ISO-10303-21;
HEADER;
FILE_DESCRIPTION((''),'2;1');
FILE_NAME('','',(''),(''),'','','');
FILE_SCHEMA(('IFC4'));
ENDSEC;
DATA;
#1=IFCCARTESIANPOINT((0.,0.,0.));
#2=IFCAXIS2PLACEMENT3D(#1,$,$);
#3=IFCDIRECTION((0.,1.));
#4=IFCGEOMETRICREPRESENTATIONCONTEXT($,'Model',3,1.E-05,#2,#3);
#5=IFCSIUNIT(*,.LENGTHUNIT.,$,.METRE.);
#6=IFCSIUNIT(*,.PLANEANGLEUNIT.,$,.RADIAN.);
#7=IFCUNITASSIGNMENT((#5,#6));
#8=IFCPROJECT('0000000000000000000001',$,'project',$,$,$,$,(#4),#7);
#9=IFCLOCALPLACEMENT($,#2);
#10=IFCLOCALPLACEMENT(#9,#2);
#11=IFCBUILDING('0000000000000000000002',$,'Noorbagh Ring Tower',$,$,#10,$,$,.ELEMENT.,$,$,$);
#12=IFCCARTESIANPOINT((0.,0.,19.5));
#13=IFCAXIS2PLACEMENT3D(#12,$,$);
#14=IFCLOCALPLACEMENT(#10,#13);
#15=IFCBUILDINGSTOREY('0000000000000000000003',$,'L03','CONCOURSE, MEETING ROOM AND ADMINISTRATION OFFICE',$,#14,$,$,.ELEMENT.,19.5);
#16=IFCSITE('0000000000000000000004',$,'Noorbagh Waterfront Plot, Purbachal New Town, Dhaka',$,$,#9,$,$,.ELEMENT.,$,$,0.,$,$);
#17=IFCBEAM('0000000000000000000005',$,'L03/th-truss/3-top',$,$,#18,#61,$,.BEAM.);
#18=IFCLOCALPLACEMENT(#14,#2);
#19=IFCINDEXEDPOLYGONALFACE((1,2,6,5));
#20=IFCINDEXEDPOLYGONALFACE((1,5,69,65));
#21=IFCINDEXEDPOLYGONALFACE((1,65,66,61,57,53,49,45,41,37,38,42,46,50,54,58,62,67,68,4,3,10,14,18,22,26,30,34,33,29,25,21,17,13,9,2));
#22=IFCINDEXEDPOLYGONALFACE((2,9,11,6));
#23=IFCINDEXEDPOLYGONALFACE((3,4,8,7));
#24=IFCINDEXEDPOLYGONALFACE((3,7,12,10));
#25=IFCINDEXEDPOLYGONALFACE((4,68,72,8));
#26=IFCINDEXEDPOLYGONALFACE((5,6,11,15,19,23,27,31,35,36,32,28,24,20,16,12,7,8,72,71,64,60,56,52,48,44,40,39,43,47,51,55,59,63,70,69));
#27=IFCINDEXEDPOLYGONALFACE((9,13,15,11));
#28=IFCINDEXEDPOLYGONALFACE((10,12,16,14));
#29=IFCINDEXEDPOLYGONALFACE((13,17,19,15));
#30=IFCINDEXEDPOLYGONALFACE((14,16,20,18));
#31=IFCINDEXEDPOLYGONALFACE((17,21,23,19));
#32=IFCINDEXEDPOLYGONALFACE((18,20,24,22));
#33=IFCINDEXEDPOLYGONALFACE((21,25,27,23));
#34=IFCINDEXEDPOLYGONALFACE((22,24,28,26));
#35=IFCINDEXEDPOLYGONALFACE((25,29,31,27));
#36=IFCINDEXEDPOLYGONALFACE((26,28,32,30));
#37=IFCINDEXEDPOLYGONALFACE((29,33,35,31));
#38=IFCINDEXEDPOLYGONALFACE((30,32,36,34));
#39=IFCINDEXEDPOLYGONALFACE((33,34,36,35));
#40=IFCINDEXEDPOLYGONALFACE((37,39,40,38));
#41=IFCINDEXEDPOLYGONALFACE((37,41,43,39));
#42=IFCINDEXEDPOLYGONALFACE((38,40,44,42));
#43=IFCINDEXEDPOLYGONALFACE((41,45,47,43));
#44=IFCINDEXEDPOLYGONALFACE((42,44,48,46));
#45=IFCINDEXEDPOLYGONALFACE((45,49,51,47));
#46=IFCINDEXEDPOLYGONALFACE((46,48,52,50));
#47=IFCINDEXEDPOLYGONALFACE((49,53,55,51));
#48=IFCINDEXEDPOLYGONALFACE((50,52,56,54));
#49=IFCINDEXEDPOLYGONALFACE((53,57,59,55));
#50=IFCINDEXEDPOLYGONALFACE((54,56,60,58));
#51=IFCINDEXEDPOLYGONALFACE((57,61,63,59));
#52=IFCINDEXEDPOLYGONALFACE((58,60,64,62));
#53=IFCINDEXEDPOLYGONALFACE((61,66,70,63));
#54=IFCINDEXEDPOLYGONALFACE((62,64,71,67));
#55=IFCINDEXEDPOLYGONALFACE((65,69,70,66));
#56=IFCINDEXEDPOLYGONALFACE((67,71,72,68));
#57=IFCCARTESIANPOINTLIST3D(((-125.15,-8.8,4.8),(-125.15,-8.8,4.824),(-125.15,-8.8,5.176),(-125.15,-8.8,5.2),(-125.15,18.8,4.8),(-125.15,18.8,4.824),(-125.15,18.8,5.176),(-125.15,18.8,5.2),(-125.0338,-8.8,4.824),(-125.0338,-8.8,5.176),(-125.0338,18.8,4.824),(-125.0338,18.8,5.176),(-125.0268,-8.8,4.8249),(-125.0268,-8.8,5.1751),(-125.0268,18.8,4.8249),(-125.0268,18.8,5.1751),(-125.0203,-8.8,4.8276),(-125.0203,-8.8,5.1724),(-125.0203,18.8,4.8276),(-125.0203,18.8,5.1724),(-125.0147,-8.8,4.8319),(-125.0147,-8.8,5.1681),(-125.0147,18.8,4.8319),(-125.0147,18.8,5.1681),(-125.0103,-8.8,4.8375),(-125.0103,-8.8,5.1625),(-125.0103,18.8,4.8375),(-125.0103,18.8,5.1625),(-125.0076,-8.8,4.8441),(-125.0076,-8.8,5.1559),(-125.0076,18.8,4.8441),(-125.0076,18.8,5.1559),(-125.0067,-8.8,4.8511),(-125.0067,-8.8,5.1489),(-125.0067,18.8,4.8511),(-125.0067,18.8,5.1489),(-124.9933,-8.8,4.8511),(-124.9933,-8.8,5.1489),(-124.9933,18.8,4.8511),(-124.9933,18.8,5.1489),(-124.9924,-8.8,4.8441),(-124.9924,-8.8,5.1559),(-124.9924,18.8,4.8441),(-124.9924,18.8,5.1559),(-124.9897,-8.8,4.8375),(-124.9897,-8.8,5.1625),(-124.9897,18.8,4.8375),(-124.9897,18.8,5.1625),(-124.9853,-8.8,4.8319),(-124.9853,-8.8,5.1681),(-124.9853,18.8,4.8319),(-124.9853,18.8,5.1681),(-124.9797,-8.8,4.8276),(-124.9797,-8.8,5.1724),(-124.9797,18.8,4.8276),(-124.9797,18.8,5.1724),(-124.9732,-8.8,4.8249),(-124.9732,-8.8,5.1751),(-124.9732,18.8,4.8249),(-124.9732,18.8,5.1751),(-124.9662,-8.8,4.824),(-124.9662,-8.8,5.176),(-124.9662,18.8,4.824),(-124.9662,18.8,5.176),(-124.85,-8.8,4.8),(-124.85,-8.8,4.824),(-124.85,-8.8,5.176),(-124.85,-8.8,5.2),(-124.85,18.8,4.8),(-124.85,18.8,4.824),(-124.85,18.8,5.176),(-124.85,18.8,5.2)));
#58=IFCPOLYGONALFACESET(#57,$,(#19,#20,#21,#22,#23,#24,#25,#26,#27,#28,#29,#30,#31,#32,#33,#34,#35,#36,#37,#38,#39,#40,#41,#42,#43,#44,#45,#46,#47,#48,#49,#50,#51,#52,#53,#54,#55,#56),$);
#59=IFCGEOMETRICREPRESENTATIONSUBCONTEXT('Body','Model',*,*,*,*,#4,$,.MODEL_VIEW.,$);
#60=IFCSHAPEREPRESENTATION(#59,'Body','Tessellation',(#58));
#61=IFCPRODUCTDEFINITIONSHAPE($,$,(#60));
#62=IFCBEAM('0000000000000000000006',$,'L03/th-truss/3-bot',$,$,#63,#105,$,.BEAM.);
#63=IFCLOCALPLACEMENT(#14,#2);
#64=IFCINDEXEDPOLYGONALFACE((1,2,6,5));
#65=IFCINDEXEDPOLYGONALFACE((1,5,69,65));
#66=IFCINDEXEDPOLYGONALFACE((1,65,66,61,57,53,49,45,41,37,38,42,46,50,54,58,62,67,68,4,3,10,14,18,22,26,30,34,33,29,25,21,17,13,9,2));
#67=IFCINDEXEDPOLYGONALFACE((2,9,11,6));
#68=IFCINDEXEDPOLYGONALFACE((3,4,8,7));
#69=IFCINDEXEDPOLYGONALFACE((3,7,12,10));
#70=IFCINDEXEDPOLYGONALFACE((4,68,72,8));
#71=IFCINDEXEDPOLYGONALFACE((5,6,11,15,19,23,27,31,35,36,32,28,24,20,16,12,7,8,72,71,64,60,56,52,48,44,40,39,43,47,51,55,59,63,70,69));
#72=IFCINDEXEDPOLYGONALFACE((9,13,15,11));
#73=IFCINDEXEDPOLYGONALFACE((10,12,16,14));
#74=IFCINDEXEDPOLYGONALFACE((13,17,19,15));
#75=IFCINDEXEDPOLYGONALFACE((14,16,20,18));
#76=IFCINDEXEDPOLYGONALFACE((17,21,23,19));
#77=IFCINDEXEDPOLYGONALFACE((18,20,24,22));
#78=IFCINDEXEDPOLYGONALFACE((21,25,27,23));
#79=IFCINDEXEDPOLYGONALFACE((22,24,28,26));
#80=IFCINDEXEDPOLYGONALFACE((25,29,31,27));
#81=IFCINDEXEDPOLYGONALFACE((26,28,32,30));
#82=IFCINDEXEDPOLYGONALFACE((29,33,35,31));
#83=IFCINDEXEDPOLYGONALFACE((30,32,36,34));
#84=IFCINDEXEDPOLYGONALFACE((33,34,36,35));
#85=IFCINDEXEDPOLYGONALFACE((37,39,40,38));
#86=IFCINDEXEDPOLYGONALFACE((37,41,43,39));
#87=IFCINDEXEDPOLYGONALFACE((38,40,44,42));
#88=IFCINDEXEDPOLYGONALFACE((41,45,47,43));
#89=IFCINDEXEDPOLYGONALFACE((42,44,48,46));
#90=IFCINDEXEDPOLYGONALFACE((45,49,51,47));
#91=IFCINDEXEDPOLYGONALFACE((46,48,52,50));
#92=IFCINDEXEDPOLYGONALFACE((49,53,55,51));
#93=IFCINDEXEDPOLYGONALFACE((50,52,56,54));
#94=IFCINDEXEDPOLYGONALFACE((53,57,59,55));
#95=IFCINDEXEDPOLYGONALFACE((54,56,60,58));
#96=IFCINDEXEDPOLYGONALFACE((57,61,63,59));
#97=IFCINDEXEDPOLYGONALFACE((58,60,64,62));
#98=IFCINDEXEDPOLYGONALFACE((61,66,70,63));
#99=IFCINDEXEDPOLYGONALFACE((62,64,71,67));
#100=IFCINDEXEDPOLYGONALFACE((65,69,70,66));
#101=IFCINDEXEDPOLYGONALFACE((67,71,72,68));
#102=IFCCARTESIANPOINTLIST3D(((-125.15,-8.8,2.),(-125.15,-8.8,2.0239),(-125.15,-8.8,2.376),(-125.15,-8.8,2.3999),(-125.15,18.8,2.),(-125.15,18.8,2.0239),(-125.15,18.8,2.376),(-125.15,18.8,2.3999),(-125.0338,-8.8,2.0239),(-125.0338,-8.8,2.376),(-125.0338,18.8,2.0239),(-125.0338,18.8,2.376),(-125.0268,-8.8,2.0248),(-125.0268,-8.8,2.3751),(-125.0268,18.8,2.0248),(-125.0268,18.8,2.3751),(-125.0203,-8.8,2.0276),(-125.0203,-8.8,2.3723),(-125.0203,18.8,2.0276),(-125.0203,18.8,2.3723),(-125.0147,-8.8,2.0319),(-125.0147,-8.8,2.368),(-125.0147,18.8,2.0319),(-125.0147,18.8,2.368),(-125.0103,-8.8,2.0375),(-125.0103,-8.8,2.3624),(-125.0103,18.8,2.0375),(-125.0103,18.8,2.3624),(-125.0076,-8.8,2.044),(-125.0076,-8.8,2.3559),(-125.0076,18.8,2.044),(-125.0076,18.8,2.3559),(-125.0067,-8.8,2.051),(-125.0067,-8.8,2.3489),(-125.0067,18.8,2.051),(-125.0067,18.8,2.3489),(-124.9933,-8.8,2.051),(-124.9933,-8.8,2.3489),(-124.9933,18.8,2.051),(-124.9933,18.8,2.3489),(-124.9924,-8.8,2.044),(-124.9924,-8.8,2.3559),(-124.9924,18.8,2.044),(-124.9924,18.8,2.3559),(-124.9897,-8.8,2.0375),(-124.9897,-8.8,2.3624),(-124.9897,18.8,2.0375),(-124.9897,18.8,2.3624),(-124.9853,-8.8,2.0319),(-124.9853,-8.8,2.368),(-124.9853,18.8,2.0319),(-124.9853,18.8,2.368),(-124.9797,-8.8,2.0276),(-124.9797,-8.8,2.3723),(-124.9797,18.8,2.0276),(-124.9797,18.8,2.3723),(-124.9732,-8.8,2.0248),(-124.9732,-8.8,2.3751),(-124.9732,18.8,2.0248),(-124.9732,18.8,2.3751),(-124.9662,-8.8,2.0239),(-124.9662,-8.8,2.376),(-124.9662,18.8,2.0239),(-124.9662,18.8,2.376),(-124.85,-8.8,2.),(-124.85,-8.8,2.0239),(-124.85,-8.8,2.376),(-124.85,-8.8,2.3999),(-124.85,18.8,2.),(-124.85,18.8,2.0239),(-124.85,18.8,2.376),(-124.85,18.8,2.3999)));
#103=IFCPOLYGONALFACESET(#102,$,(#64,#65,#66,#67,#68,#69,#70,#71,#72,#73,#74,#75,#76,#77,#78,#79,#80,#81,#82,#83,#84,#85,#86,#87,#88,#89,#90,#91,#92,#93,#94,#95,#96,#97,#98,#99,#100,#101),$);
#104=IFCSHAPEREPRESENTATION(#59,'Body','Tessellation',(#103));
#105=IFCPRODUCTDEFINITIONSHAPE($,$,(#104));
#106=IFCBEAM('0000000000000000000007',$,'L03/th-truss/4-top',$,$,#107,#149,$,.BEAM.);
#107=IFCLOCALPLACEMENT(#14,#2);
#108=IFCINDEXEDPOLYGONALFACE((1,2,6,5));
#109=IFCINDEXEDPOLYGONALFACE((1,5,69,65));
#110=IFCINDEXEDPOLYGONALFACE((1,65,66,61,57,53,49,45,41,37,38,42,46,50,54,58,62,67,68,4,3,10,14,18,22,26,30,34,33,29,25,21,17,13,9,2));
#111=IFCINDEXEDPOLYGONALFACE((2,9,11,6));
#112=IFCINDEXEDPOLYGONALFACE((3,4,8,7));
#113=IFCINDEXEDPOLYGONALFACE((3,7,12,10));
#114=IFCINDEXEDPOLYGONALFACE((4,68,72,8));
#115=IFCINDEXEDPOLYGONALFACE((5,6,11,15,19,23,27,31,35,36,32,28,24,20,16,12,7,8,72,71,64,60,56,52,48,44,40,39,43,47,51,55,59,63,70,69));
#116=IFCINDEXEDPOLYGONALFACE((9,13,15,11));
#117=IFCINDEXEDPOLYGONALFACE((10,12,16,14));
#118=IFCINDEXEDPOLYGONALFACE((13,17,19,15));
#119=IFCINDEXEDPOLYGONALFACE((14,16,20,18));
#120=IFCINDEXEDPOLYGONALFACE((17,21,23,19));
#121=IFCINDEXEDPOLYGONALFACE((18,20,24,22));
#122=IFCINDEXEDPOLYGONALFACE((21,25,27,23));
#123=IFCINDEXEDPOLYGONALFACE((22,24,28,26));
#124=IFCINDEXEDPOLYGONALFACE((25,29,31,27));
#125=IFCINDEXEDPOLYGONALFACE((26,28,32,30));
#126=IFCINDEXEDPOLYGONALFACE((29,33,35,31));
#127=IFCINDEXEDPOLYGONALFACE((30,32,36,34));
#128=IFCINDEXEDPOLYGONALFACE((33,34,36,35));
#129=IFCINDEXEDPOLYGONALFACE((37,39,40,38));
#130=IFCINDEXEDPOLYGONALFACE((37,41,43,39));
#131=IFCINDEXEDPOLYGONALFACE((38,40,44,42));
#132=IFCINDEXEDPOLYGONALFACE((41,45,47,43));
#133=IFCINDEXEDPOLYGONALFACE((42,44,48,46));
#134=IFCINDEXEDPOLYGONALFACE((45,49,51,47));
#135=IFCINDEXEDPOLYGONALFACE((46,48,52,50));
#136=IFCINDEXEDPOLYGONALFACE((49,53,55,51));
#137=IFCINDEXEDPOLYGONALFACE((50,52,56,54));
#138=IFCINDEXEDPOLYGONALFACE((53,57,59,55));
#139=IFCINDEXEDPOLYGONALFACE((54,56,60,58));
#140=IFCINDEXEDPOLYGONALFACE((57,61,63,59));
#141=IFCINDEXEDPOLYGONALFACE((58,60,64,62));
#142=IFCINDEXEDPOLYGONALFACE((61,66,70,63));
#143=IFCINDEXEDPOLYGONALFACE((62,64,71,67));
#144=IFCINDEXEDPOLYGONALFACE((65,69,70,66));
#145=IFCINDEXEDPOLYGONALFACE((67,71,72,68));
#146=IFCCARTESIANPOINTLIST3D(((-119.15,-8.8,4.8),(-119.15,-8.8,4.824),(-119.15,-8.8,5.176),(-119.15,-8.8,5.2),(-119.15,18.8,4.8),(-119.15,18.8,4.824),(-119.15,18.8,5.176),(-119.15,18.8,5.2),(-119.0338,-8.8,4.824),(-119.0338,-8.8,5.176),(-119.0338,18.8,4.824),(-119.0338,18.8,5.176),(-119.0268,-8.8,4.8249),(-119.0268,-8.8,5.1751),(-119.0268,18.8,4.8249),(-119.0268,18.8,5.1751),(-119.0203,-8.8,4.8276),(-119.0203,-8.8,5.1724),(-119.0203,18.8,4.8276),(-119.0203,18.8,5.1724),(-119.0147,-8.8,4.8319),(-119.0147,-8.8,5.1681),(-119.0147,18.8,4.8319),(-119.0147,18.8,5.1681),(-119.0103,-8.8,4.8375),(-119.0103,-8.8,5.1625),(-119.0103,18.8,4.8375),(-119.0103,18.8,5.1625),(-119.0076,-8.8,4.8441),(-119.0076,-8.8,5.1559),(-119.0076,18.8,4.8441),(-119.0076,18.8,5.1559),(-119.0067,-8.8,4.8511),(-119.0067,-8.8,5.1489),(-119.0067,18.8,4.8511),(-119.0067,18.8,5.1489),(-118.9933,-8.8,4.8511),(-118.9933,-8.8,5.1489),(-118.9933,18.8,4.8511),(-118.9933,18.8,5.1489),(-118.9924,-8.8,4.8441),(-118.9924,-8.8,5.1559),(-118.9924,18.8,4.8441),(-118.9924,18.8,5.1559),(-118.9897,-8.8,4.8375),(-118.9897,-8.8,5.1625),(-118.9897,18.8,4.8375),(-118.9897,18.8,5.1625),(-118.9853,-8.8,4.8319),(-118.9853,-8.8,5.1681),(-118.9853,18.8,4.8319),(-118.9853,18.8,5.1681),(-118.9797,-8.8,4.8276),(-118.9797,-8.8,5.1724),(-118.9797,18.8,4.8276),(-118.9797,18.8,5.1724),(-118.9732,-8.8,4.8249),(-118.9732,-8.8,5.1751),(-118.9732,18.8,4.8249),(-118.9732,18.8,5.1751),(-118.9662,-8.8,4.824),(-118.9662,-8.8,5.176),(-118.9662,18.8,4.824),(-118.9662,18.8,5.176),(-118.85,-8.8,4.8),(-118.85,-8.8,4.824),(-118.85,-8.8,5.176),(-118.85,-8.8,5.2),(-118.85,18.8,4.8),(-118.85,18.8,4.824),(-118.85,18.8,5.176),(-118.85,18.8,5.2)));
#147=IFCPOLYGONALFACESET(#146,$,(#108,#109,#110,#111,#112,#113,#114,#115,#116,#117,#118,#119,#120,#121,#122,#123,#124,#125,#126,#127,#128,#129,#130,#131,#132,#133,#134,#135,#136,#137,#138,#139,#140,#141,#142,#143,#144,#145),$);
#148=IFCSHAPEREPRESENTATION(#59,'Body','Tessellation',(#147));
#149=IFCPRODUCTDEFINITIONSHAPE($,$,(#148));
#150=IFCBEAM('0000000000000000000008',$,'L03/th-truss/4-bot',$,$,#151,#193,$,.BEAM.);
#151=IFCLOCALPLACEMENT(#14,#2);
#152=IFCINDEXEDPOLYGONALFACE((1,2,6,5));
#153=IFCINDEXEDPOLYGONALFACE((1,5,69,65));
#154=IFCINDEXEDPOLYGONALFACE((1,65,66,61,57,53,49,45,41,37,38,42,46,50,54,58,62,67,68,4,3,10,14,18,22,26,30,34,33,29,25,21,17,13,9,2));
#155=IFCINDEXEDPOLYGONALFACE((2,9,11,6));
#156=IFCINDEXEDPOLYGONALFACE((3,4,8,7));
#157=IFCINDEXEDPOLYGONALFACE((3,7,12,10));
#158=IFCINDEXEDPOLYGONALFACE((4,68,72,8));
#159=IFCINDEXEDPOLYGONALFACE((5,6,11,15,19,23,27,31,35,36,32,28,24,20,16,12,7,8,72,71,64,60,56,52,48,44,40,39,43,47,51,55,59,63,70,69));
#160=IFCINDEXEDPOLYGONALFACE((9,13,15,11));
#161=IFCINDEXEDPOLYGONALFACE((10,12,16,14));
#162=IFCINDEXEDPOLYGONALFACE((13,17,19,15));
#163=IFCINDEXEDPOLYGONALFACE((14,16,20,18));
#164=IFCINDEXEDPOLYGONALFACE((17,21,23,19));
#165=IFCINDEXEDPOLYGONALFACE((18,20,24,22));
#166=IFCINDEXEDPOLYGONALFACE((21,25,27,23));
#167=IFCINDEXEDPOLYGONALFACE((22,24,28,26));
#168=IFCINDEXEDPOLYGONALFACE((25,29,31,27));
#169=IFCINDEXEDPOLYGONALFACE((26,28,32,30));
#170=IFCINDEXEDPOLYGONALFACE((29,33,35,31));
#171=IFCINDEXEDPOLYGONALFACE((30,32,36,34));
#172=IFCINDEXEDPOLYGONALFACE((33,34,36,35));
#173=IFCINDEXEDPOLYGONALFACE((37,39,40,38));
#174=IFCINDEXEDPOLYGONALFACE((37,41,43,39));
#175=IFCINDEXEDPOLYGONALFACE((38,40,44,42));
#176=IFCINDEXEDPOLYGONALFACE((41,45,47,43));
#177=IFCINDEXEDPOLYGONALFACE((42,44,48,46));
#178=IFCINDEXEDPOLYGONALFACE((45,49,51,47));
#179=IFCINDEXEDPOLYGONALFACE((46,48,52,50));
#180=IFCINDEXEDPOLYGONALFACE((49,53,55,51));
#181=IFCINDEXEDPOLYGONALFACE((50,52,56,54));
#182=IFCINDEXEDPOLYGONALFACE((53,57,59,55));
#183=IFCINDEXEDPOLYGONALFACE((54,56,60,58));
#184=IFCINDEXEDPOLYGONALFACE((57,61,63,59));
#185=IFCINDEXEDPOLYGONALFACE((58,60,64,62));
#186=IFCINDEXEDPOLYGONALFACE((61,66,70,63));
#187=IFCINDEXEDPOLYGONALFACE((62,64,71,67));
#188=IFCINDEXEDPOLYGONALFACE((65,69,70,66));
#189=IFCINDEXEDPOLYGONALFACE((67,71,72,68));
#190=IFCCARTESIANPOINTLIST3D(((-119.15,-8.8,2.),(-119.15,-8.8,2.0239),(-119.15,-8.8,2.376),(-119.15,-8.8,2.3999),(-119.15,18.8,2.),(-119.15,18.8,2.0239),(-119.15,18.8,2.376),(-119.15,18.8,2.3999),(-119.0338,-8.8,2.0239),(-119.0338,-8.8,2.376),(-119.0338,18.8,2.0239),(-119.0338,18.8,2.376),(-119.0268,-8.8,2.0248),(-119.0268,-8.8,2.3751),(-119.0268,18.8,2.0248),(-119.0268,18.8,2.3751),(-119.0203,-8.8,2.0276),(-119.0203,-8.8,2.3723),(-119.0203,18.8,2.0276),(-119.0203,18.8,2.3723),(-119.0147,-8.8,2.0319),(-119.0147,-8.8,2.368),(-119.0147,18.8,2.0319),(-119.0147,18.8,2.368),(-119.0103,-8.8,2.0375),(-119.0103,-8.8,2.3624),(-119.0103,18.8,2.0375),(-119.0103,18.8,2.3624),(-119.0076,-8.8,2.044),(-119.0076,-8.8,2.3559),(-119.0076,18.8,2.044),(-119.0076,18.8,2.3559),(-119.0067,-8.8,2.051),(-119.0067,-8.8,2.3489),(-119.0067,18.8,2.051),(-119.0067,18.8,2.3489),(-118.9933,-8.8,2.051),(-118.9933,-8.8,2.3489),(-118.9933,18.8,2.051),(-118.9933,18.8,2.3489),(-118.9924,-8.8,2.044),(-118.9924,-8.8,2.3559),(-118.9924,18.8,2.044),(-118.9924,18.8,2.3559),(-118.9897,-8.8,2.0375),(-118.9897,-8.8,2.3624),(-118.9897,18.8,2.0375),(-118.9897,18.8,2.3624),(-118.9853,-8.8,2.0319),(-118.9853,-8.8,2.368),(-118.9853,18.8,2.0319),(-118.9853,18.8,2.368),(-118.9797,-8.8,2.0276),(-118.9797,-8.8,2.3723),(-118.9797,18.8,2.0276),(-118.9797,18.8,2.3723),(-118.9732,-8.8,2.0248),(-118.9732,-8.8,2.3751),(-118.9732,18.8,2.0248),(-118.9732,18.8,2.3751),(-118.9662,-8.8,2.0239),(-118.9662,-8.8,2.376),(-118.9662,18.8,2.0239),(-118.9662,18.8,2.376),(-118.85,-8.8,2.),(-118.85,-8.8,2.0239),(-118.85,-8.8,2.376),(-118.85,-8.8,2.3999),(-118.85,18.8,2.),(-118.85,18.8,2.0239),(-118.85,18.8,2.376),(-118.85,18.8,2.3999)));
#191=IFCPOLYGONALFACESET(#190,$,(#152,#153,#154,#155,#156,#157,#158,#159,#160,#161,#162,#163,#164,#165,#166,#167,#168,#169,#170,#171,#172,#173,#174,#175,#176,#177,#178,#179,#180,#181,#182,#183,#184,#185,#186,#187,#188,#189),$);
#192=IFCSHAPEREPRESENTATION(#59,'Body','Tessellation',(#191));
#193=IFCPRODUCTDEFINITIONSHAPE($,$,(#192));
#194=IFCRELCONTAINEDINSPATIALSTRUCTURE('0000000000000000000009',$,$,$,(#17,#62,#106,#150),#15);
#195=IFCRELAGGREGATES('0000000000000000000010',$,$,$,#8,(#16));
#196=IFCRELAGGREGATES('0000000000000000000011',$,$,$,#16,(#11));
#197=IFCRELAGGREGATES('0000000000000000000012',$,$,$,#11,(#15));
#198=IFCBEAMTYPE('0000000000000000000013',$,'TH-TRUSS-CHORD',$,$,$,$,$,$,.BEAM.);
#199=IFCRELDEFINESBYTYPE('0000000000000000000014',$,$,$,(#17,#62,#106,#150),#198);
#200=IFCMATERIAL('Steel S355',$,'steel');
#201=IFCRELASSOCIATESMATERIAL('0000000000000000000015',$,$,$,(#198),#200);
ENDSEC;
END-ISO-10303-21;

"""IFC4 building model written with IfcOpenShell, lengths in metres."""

from ifc_helpers import new_model, si_unit, direction, frame, origin, origin_2d, place, context, subcontext, project, spatial, i_section, extrude, material, material_profile, profile_set, type_object, element, save


model = new_model("IFC4")

# Units and contexts
model_context = context("Model", 3, precision=1e-05, world=origin(), true_north=direction((0.0, 1.0)))
body_context = subcontext(model_context, "Body", "Model", "MODEL_VIEW")
ifc_project = project(units=[si_unit("LENGTHUNIT", "METRE"), si_unit("PLANEANGLEUNIT", "RADIAN")], contexts=[model_context])

# Site, building, storey
site_placement = place(None, origin())
site = spatial("IfcSite", under=ifc_project, at=site_placement, Name="Noorbagh Waterfront Plot, Purbachal New Town, Dhaka", CompositionType="ELEMENT", RefElevation=0.0)
building_placement = place(site_placement, origin())
building = spatial("IfcBuilding", under=site, at=building_placement, Name="Noorbagh Ring Tower", CompositionType="ELEMENT")
storey_placement = place(building_placement, frame((0.0, 0.0, 19.5)))
storey = spatial("IfcBuildingStorey", under=building, at=storey_placement, Name="L03", Description="CONCOURSE, MEETING ROOM AND ADMINISTRATION OFFICE", CompositionType="ELEMENT", Elevation=19.5)

# Beams
ifc_material_1 = material(Name="Steel S355", Category="steel")
ifc_material_profile_1 = material_profile(ifc_material_1, i_section(OverallWidth=0.3, OverallDepth=0.3999, WebThickness=0.0134, FlangeThickness=0.0239, FilletRadius=0.0271, at=origin_2d()), Name="HEB400")
ifc_profile_set_1 = profile_set([ifc_material_profile_1], Name="Steel S355")
beam_type = type_object("IfcBeamType", Name="TH-TRUSS-CHORD", PredefinedType="BEAM", material=ifc_profile_set_1)
for number, where, z_axis, x_axis, name in (
    (1, (-125.0, -8.8, 5.0), (0.0, 1.0, 0.0), (-1.0, 0.0, 0.0), "L03/th-truss/3-top"),
    (2, (-125.0, -8.8, 2.2), (0.0, 1.0, 0.0), (-1.0, 0.0, 0.0), "L03/th-truss/3-bot"),
    (3, (-119.0, -8.8, 5.0), (0.0, 1.0, 0.0), (-1.0, 0.0, 0.0), "L03/th-truss/4-top"),
    (4, (-119.0, -8.8, 2.2), (0.0, 1.0, 0.0), (-1.0, 0.0, 0.0), "L03/th-truss/4-bot"),
):
    element("IfcBeam", number, at=place(storey_placement, frame(where, z_axis=z_axis, x_axis=x_axis)), inside=storey, type_object=beam_type, Name=name, PredefinedType="BEAM", context=body_context, shape_type="SweptSolid", body=[
        extrude(i_section(OverallWidth=0.3, OverallDepth=0.3999, WebThickness=0.0134, FlangeThickness=0.0239, FilletRadius=0.0271, at=origin_2d()), origin(), (0.0, 0.0, 1.0), 27.6001),
    ])

save(model, "model.ifc")
